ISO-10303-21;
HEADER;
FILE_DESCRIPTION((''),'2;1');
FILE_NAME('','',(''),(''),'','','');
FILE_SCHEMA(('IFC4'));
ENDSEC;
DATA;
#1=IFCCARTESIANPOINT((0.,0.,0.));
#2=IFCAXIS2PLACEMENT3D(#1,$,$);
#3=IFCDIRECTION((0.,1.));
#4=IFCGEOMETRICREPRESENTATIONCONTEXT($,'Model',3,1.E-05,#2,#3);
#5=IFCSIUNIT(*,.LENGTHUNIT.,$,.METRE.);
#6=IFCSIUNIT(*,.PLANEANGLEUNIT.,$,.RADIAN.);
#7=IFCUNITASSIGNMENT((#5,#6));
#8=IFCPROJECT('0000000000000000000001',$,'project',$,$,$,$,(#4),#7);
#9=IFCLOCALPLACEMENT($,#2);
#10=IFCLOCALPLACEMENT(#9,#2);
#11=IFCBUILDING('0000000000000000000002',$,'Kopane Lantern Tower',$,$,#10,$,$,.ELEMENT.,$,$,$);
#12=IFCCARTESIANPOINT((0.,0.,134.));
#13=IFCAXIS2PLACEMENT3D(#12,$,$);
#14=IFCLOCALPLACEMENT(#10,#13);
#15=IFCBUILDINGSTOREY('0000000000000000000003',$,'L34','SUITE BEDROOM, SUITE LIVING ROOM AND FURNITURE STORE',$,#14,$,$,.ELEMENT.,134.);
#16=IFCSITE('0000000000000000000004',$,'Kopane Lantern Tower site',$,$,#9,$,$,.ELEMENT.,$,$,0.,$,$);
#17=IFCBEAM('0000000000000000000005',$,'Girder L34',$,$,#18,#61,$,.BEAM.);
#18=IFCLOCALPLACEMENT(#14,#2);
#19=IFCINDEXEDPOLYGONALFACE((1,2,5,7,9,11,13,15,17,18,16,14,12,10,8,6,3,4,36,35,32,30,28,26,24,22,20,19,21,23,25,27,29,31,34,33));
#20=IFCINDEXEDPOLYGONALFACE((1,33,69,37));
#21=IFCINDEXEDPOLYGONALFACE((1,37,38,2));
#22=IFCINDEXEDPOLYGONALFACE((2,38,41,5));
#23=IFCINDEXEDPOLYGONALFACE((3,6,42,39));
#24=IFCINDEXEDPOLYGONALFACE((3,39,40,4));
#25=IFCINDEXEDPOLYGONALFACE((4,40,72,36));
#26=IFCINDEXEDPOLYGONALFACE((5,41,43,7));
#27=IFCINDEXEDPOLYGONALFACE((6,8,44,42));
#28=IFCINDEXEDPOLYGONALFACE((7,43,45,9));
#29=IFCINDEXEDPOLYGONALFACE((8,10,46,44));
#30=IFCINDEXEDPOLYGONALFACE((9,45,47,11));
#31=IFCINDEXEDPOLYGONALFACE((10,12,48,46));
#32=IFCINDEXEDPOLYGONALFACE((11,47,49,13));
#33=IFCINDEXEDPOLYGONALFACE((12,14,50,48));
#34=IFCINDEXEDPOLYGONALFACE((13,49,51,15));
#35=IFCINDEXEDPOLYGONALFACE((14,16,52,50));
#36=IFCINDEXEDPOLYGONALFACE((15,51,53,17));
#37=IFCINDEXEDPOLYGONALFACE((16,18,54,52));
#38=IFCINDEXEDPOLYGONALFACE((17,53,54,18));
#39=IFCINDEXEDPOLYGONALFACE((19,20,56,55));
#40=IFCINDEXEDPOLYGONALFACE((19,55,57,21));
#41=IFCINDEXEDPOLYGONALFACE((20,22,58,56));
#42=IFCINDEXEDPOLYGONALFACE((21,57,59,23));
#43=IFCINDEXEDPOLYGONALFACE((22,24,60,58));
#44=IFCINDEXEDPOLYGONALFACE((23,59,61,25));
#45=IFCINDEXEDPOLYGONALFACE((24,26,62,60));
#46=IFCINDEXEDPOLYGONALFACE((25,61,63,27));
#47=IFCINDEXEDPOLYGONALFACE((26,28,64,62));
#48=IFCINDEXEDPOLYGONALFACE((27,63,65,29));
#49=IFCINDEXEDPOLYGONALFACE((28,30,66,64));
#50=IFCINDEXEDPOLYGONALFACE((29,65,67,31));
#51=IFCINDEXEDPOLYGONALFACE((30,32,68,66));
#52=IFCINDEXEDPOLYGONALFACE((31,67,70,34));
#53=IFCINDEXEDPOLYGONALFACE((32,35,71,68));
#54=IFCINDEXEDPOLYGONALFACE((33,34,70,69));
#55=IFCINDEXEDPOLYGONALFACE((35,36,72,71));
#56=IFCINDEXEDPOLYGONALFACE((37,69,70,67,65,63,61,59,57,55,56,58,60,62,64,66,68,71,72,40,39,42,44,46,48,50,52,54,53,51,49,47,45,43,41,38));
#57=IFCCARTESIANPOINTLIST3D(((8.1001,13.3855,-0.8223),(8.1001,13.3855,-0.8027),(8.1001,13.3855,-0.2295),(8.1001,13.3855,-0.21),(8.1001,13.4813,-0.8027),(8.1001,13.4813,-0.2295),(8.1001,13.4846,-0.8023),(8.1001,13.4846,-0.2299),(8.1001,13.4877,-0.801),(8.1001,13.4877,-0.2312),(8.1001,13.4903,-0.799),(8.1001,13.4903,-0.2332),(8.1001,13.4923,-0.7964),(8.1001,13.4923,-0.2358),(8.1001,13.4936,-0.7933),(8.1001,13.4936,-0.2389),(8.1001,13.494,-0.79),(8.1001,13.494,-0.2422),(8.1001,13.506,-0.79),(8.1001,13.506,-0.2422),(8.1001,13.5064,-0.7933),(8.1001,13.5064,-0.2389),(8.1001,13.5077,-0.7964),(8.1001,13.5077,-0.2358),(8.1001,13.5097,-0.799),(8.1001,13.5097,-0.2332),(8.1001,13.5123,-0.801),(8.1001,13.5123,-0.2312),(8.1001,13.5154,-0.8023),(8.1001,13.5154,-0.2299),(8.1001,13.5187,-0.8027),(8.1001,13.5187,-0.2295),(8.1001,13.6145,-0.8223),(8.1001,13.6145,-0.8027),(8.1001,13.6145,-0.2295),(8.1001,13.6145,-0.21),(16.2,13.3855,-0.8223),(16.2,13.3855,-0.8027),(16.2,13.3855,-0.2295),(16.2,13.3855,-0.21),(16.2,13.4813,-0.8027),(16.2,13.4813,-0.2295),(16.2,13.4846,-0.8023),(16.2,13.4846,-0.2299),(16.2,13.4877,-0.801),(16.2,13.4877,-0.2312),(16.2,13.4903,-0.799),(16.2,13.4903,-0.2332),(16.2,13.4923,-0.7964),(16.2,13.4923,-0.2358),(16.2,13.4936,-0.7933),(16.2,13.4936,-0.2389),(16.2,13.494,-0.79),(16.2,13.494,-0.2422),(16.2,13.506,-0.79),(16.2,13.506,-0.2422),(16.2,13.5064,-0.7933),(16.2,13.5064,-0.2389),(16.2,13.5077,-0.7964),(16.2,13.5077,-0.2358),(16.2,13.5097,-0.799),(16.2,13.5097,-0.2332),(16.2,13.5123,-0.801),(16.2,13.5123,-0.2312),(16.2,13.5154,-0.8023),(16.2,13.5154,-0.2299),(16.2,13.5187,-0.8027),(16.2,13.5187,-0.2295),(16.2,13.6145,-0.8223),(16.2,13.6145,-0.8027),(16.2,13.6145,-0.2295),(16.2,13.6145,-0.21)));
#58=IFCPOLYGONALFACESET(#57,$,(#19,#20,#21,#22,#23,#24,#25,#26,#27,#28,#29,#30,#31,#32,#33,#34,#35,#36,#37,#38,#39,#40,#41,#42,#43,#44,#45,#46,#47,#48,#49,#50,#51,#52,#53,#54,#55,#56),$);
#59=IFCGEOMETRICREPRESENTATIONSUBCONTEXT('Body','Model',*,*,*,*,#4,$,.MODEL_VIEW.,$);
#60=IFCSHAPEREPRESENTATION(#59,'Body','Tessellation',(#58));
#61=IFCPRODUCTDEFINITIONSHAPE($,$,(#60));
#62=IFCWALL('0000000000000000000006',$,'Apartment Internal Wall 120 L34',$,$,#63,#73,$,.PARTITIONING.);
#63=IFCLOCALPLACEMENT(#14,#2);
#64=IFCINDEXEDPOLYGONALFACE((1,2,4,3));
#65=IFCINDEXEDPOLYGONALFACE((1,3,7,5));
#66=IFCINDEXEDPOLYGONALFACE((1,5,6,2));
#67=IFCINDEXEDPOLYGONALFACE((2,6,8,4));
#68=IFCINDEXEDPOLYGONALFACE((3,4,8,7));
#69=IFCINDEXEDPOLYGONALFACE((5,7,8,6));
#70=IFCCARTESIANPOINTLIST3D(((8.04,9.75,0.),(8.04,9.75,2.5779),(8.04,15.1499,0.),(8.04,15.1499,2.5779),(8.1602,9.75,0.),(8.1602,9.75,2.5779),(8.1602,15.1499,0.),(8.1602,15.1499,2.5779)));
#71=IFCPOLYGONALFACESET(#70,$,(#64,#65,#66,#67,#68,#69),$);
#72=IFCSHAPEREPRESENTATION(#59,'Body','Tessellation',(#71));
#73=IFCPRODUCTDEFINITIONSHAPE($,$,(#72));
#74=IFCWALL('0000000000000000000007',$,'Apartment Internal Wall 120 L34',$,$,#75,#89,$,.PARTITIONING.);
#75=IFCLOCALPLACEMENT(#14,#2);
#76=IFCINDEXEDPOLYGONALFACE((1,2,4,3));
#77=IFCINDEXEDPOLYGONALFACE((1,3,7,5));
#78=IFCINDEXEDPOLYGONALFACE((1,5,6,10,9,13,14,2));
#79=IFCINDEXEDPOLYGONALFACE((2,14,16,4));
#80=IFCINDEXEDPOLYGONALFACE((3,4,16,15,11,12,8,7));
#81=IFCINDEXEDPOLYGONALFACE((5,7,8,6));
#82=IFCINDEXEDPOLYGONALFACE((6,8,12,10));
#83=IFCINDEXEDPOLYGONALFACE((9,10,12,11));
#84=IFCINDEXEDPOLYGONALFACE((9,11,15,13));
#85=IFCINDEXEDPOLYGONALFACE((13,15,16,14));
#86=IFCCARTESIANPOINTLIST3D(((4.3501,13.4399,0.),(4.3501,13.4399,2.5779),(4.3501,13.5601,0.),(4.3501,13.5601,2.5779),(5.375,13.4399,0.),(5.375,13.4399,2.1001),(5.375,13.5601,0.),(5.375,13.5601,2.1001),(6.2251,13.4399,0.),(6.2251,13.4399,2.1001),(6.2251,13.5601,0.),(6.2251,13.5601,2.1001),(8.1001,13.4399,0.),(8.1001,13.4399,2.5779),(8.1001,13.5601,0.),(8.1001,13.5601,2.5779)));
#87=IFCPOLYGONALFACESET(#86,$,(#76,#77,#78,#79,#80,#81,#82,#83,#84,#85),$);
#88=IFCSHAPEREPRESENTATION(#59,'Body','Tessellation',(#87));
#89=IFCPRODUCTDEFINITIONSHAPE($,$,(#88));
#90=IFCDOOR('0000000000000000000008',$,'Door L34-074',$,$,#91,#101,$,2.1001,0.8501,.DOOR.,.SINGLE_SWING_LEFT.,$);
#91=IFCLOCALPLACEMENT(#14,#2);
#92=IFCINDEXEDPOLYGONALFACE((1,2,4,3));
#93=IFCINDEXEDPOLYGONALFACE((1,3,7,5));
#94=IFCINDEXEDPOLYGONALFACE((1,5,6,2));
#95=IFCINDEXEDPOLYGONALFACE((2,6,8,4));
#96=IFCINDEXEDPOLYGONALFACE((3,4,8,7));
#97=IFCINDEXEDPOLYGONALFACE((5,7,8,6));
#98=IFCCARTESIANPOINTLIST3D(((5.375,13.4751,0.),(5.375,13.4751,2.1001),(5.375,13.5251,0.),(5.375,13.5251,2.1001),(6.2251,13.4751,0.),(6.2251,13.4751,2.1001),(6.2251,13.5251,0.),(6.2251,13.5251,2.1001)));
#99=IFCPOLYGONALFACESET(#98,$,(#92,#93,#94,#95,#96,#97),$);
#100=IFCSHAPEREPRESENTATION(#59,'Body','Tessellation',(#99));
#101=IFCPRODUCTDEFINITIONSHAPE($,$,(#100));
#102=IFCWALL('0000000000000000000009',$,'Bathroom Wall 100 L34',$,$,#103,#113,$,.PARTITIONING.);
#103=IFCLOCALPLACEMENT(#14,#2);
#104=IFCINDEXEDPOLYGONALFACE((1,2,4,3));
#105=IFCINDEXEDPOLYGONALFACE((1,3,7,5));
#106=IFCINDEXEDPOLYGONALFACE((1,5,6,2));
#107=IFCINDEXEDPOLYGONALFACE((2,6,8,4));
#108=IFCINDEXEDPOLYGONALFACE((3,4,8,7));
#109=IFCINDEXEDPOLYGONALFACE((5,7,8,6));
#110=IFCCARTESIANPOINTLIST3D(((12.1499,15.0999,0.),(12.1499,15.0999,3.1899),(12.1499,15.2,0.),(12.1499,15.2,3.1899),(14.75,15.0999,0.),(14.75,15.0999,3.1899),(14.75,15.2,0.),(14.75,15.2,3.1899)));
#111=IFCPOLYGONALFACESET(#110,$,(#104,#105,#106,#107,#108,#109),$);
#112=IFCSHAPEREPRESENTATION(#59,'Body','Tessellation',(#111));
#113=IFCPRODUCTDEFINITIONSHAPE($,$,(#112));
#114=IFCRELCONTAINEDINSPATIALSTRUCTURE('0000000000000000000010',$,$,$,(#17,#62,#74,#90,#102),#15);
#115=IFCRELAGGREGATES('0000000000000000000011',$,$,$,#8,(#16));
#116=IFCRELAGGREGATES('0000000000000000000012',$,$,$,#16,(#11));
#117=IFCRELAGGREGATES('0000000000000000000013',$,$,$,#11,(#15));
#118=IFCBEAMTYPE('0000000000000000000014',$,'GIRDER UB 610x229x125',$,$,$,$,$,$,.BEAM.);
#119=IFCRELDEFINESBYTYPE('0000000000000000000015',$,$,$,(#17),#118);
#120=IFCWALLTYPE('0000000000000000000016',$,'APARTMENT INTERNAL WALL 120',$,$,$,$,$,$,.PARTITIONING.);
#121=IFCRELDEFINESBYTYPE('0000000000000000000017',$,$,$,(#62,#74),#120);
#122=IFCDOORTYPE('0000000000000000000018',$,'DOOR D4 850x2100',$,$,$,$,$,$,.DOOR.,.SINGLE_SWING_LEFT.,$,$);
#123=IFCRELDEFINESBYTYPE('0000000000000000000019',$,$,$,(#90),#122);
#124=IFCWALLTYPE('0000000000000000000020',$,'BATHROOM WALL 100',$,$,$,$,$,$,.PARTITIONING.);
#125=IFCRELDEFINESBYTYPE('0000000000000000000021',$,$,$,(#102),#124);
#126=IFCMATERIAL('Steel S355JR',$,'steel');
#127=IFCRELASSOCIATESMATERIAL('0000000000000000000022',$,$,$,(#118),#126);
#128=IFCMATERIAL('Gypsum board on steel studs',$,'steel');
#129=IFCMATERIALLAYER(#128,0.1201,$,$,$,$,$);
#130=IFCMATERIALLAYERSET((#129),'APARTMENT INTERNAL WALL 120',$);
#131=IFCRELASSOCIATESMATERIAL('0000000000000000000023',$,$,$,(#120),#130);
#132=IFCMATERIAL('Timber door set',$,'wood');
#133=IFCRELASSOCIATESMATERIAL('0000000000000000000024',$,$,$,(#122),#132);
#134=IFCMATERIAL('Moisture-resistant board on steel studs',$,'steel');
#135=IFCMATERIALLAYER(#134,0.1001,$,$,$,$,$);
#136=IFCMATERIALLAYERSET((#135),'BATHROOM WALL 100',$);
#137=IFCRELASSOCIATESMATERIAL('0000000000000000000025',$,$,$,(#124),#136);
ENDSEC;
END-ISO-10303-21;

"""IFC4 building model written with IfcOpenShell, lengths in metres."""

from ifc_helpers import new_model, si_unit, direction, frame, frame_2d, origin, origin_2d, place, context, subcontext, project, spatial, rectangle, i_section, extrude, material, layer, layer_set, material_profile, profile_set, type_object, element, fill, save


model = new_model("IFC4")

# Units and contexts
model_context = context("Model", 3, precision=1e-05, world=origin(), true_north=direction((0.0, 1.0)))
body_context = subcontext(model_context, "Body", "Model", "MODEL_VIEW")
ifc_project = project(units=[si_unit("LENGTHUNIT", "METRE"), si_unit("PLANEANGLEUNIT", "RADIAN")], contexts=[model_context])

# Site, building, storey
site_placement = place(None, origin())
site = spatial("IfcSite", under=ifc_project, at=site_placement, Name="Kopane Lantern Tower site", CompositionType="ELEMENT", RefElevation=0.0)
building_placement = place(site_placement, origin())
building = spatial("IfcBuilding", under=site, at=building_placement, Name="Kopane Lantern Tower", CompositionType="ELEMENT")
storey_placement = place(building_placement, frame((0.0, 0.0, 134.0)))
storey = spatial("IfcBuildingStorey", under=building, at=storey_placement, Name="L34", Description="SUITE BEDROOM, SUITE LIVING ROOM AND FURNITURE STORE", CompositionType="ELEMENT", Elevation=134.0)

# Beam
ifc_material_1 = material(Name="Steel S355JR", Category="steel")
ifc_material_profile = material_profile(ifc_material_1, i_section(OverallWidth=0.229, OverallDepth=0.6123, WebThickness=0.012, FlangeThickness=0.0195, FilletRadius=0.0127, at=origin_2d()), Name="UB 610x229x125")
ifc_profile_set = profile_set([ifc_material_profile], Name="Steel S355JR")
beam_type = type_object("IfcBeamType", Name="GIRDER UB 610x229x125", PredefinedType="BEAM", material=ifc_profile_set)
beam_placement = place(storey_placement, frame((8.1001, 13.5, -0.5161), z_axis=(1.0, 0.0, 0.0), x_axis=(0.0, 1.0, 0.0)))
element("IfcBeam", 1, at=beam_placement, inside=storey, type_object=beam_type, Name="Girder L34", PredefinedType="BEAM", context=body_context, shape_type="SweptSolid", body=[
    extrude(i_section(OverallWidth=0.229, OverallDepth=0.6123, WebThickness=0.012, FlangeThickness=0.0195, FilletRadius=0.0127, at=origin_2d()), origin(), (0.0, 0.0, 1.0), 8.0999),
])

# Wall
ifc_material_2 = material(Name="Gypsum board on steel studs", Category="steel")
ifc_layer_1 = layer(ifc_material_2, 0.1201)
ifc_layer_set_1 = layer_set([ifc_layer_1], Name="APARTMENT INTERNAL WALL 120")
wall_type_1 = type_object("IfcWallType", Name="APARTMENT INTERNAL WALL 120", PredefinedType="PARTITIONING", material=ifc_layer_set_1)
wall_1_placement = place(storey_placement, frame((8.1001, 15.1499, 0.0), z_axis=(0.0, 0.0, 1.0), x_axis=(0.0, -1.0, 0.0)))
element("IfcWall", 2, at=wall_1_placement, inside=storey, type_object=wall_type_1, Name="Apartment Internal Wall 120 L34", PredefinedType="PARTITIONING", context=body_context, shape_type="SweptSolid", body=[
    extrude(rectangle(XDim=5.3999, YDim=0.1201, at=frame_2d((2.7, 0.0))), origin(), (0.0, 0.0, 1.0), 2.5779),
])

# Wall, opening, door
wall_2_placement = place(storey_placement, frame((8.1001, 13.5, 0.0), z_axis=(0.0, 0.0, 1.0), x_axis=(-1.0, 0.0, 0.0)))
wall_2 = element("IfcWall", 3, at=wall_2_placement, inside=storey, type_object=wall_type_1, Name="Apartment Internal Wall 120 L34", PredefinedType="PARTITIONING", context=body_context, shape_type="SweptSolid", body=[
    extrude(rectangle(XDim=3.75, YDim=0.1201, at=frame_2d((1.875, 0.0))), origin(), (0.0, 0.0, 1.0), 2.5779),
])
opening_1_placement = place(wall_2_placement, frame((1.875, 0.0, 0.0)))
opening_1 = element("IfcOpeningElement", 4, at=opening_1_placement, cuts=wall_2, PredefinedType="OPENING", context=body_context, shape_type="SweptSolid", body=[
    extrude(rectangle(XDim=0.8501, YDim=2.1001, at=frame_2d((0.425, 1.05))), frame((0.0, 0.0701, 0.0), z_axis=(0.0, -1.0, 0.0), x_axis=(1.0, 0.0, 0.0)), (0.0, 0.0, 1.0), 0.1401),
])
ifc_material_3 = material(Name="Timber door set", Category="wood")
door_type_1 = type_object("IfcDoorType", Name="DOOR D4 850x2100", OperationType="SINGLE_SWING_LEFT", PredefinedType="DOOR", material=ifc_material_3)
door_1_placement = place(opening_1_placement, origin())
door_1 = element("IfcDoor", 5, at=door_1_placement, inside=storey, type_object=door_type_1, Name="Door L34-074", OperationType="SINGLE_SWING_LEFT", OverallHeight=2.1001, OverallWidth=0.8501, PredefinedType="DOOR", context=body_context, shape_type="SweptSolid", body=[
    extrude(rectangle(XDim=0.8501, YDim=2.1001, at=frame_2d((0.425, 1.05))), frame((0.0, 0.0249, 0.0), z_axis=(0.0, -1.0, 0.0), x_axis=(1.0, 0.0, 0.0)), (0.0, 0.0, 1.0), 0.05),
])
fill(opening_1, door_1)

# Wall
ifc_material_4 = material(Name="Moisture-resistant board on steel studs", Category="steel")
ifc_layer_2 = layer(ifc_material_4, 0.1001)
ifc_layer_set_2 = layer_set([ifc_layer_2], Name="BATHROOM WALL 100")
wall_type_2 = type_object("IfcWallType", Name="BATHROOM WALL 100", PredefinedType="PARTITIONING", material=ifc_layer_set_2)
wall_3_placement = place(storey_placement, frame((12.1499, 15.1499, 0.0), z_axis=(0.0, 0.0, 1.0), x_axis=(1.0, 0.0, 0.0)))
element("IfcWall", 6, at=wall_3_placement, inside=storey, type_object=wall_type_2, Name="Bathroom Wall 100 L34", PredefinedType="PARTITIONING", context=body_context, shape_type="SweptSolid", body=[
    extrude(rectangle(XDim=2.6001, YDim=0.1001, at=frame_2d((1.3, 0.0))), origin(), (0.0, 0.0, 1.0), 3.1899),
])

save(model, "model.ifc")
